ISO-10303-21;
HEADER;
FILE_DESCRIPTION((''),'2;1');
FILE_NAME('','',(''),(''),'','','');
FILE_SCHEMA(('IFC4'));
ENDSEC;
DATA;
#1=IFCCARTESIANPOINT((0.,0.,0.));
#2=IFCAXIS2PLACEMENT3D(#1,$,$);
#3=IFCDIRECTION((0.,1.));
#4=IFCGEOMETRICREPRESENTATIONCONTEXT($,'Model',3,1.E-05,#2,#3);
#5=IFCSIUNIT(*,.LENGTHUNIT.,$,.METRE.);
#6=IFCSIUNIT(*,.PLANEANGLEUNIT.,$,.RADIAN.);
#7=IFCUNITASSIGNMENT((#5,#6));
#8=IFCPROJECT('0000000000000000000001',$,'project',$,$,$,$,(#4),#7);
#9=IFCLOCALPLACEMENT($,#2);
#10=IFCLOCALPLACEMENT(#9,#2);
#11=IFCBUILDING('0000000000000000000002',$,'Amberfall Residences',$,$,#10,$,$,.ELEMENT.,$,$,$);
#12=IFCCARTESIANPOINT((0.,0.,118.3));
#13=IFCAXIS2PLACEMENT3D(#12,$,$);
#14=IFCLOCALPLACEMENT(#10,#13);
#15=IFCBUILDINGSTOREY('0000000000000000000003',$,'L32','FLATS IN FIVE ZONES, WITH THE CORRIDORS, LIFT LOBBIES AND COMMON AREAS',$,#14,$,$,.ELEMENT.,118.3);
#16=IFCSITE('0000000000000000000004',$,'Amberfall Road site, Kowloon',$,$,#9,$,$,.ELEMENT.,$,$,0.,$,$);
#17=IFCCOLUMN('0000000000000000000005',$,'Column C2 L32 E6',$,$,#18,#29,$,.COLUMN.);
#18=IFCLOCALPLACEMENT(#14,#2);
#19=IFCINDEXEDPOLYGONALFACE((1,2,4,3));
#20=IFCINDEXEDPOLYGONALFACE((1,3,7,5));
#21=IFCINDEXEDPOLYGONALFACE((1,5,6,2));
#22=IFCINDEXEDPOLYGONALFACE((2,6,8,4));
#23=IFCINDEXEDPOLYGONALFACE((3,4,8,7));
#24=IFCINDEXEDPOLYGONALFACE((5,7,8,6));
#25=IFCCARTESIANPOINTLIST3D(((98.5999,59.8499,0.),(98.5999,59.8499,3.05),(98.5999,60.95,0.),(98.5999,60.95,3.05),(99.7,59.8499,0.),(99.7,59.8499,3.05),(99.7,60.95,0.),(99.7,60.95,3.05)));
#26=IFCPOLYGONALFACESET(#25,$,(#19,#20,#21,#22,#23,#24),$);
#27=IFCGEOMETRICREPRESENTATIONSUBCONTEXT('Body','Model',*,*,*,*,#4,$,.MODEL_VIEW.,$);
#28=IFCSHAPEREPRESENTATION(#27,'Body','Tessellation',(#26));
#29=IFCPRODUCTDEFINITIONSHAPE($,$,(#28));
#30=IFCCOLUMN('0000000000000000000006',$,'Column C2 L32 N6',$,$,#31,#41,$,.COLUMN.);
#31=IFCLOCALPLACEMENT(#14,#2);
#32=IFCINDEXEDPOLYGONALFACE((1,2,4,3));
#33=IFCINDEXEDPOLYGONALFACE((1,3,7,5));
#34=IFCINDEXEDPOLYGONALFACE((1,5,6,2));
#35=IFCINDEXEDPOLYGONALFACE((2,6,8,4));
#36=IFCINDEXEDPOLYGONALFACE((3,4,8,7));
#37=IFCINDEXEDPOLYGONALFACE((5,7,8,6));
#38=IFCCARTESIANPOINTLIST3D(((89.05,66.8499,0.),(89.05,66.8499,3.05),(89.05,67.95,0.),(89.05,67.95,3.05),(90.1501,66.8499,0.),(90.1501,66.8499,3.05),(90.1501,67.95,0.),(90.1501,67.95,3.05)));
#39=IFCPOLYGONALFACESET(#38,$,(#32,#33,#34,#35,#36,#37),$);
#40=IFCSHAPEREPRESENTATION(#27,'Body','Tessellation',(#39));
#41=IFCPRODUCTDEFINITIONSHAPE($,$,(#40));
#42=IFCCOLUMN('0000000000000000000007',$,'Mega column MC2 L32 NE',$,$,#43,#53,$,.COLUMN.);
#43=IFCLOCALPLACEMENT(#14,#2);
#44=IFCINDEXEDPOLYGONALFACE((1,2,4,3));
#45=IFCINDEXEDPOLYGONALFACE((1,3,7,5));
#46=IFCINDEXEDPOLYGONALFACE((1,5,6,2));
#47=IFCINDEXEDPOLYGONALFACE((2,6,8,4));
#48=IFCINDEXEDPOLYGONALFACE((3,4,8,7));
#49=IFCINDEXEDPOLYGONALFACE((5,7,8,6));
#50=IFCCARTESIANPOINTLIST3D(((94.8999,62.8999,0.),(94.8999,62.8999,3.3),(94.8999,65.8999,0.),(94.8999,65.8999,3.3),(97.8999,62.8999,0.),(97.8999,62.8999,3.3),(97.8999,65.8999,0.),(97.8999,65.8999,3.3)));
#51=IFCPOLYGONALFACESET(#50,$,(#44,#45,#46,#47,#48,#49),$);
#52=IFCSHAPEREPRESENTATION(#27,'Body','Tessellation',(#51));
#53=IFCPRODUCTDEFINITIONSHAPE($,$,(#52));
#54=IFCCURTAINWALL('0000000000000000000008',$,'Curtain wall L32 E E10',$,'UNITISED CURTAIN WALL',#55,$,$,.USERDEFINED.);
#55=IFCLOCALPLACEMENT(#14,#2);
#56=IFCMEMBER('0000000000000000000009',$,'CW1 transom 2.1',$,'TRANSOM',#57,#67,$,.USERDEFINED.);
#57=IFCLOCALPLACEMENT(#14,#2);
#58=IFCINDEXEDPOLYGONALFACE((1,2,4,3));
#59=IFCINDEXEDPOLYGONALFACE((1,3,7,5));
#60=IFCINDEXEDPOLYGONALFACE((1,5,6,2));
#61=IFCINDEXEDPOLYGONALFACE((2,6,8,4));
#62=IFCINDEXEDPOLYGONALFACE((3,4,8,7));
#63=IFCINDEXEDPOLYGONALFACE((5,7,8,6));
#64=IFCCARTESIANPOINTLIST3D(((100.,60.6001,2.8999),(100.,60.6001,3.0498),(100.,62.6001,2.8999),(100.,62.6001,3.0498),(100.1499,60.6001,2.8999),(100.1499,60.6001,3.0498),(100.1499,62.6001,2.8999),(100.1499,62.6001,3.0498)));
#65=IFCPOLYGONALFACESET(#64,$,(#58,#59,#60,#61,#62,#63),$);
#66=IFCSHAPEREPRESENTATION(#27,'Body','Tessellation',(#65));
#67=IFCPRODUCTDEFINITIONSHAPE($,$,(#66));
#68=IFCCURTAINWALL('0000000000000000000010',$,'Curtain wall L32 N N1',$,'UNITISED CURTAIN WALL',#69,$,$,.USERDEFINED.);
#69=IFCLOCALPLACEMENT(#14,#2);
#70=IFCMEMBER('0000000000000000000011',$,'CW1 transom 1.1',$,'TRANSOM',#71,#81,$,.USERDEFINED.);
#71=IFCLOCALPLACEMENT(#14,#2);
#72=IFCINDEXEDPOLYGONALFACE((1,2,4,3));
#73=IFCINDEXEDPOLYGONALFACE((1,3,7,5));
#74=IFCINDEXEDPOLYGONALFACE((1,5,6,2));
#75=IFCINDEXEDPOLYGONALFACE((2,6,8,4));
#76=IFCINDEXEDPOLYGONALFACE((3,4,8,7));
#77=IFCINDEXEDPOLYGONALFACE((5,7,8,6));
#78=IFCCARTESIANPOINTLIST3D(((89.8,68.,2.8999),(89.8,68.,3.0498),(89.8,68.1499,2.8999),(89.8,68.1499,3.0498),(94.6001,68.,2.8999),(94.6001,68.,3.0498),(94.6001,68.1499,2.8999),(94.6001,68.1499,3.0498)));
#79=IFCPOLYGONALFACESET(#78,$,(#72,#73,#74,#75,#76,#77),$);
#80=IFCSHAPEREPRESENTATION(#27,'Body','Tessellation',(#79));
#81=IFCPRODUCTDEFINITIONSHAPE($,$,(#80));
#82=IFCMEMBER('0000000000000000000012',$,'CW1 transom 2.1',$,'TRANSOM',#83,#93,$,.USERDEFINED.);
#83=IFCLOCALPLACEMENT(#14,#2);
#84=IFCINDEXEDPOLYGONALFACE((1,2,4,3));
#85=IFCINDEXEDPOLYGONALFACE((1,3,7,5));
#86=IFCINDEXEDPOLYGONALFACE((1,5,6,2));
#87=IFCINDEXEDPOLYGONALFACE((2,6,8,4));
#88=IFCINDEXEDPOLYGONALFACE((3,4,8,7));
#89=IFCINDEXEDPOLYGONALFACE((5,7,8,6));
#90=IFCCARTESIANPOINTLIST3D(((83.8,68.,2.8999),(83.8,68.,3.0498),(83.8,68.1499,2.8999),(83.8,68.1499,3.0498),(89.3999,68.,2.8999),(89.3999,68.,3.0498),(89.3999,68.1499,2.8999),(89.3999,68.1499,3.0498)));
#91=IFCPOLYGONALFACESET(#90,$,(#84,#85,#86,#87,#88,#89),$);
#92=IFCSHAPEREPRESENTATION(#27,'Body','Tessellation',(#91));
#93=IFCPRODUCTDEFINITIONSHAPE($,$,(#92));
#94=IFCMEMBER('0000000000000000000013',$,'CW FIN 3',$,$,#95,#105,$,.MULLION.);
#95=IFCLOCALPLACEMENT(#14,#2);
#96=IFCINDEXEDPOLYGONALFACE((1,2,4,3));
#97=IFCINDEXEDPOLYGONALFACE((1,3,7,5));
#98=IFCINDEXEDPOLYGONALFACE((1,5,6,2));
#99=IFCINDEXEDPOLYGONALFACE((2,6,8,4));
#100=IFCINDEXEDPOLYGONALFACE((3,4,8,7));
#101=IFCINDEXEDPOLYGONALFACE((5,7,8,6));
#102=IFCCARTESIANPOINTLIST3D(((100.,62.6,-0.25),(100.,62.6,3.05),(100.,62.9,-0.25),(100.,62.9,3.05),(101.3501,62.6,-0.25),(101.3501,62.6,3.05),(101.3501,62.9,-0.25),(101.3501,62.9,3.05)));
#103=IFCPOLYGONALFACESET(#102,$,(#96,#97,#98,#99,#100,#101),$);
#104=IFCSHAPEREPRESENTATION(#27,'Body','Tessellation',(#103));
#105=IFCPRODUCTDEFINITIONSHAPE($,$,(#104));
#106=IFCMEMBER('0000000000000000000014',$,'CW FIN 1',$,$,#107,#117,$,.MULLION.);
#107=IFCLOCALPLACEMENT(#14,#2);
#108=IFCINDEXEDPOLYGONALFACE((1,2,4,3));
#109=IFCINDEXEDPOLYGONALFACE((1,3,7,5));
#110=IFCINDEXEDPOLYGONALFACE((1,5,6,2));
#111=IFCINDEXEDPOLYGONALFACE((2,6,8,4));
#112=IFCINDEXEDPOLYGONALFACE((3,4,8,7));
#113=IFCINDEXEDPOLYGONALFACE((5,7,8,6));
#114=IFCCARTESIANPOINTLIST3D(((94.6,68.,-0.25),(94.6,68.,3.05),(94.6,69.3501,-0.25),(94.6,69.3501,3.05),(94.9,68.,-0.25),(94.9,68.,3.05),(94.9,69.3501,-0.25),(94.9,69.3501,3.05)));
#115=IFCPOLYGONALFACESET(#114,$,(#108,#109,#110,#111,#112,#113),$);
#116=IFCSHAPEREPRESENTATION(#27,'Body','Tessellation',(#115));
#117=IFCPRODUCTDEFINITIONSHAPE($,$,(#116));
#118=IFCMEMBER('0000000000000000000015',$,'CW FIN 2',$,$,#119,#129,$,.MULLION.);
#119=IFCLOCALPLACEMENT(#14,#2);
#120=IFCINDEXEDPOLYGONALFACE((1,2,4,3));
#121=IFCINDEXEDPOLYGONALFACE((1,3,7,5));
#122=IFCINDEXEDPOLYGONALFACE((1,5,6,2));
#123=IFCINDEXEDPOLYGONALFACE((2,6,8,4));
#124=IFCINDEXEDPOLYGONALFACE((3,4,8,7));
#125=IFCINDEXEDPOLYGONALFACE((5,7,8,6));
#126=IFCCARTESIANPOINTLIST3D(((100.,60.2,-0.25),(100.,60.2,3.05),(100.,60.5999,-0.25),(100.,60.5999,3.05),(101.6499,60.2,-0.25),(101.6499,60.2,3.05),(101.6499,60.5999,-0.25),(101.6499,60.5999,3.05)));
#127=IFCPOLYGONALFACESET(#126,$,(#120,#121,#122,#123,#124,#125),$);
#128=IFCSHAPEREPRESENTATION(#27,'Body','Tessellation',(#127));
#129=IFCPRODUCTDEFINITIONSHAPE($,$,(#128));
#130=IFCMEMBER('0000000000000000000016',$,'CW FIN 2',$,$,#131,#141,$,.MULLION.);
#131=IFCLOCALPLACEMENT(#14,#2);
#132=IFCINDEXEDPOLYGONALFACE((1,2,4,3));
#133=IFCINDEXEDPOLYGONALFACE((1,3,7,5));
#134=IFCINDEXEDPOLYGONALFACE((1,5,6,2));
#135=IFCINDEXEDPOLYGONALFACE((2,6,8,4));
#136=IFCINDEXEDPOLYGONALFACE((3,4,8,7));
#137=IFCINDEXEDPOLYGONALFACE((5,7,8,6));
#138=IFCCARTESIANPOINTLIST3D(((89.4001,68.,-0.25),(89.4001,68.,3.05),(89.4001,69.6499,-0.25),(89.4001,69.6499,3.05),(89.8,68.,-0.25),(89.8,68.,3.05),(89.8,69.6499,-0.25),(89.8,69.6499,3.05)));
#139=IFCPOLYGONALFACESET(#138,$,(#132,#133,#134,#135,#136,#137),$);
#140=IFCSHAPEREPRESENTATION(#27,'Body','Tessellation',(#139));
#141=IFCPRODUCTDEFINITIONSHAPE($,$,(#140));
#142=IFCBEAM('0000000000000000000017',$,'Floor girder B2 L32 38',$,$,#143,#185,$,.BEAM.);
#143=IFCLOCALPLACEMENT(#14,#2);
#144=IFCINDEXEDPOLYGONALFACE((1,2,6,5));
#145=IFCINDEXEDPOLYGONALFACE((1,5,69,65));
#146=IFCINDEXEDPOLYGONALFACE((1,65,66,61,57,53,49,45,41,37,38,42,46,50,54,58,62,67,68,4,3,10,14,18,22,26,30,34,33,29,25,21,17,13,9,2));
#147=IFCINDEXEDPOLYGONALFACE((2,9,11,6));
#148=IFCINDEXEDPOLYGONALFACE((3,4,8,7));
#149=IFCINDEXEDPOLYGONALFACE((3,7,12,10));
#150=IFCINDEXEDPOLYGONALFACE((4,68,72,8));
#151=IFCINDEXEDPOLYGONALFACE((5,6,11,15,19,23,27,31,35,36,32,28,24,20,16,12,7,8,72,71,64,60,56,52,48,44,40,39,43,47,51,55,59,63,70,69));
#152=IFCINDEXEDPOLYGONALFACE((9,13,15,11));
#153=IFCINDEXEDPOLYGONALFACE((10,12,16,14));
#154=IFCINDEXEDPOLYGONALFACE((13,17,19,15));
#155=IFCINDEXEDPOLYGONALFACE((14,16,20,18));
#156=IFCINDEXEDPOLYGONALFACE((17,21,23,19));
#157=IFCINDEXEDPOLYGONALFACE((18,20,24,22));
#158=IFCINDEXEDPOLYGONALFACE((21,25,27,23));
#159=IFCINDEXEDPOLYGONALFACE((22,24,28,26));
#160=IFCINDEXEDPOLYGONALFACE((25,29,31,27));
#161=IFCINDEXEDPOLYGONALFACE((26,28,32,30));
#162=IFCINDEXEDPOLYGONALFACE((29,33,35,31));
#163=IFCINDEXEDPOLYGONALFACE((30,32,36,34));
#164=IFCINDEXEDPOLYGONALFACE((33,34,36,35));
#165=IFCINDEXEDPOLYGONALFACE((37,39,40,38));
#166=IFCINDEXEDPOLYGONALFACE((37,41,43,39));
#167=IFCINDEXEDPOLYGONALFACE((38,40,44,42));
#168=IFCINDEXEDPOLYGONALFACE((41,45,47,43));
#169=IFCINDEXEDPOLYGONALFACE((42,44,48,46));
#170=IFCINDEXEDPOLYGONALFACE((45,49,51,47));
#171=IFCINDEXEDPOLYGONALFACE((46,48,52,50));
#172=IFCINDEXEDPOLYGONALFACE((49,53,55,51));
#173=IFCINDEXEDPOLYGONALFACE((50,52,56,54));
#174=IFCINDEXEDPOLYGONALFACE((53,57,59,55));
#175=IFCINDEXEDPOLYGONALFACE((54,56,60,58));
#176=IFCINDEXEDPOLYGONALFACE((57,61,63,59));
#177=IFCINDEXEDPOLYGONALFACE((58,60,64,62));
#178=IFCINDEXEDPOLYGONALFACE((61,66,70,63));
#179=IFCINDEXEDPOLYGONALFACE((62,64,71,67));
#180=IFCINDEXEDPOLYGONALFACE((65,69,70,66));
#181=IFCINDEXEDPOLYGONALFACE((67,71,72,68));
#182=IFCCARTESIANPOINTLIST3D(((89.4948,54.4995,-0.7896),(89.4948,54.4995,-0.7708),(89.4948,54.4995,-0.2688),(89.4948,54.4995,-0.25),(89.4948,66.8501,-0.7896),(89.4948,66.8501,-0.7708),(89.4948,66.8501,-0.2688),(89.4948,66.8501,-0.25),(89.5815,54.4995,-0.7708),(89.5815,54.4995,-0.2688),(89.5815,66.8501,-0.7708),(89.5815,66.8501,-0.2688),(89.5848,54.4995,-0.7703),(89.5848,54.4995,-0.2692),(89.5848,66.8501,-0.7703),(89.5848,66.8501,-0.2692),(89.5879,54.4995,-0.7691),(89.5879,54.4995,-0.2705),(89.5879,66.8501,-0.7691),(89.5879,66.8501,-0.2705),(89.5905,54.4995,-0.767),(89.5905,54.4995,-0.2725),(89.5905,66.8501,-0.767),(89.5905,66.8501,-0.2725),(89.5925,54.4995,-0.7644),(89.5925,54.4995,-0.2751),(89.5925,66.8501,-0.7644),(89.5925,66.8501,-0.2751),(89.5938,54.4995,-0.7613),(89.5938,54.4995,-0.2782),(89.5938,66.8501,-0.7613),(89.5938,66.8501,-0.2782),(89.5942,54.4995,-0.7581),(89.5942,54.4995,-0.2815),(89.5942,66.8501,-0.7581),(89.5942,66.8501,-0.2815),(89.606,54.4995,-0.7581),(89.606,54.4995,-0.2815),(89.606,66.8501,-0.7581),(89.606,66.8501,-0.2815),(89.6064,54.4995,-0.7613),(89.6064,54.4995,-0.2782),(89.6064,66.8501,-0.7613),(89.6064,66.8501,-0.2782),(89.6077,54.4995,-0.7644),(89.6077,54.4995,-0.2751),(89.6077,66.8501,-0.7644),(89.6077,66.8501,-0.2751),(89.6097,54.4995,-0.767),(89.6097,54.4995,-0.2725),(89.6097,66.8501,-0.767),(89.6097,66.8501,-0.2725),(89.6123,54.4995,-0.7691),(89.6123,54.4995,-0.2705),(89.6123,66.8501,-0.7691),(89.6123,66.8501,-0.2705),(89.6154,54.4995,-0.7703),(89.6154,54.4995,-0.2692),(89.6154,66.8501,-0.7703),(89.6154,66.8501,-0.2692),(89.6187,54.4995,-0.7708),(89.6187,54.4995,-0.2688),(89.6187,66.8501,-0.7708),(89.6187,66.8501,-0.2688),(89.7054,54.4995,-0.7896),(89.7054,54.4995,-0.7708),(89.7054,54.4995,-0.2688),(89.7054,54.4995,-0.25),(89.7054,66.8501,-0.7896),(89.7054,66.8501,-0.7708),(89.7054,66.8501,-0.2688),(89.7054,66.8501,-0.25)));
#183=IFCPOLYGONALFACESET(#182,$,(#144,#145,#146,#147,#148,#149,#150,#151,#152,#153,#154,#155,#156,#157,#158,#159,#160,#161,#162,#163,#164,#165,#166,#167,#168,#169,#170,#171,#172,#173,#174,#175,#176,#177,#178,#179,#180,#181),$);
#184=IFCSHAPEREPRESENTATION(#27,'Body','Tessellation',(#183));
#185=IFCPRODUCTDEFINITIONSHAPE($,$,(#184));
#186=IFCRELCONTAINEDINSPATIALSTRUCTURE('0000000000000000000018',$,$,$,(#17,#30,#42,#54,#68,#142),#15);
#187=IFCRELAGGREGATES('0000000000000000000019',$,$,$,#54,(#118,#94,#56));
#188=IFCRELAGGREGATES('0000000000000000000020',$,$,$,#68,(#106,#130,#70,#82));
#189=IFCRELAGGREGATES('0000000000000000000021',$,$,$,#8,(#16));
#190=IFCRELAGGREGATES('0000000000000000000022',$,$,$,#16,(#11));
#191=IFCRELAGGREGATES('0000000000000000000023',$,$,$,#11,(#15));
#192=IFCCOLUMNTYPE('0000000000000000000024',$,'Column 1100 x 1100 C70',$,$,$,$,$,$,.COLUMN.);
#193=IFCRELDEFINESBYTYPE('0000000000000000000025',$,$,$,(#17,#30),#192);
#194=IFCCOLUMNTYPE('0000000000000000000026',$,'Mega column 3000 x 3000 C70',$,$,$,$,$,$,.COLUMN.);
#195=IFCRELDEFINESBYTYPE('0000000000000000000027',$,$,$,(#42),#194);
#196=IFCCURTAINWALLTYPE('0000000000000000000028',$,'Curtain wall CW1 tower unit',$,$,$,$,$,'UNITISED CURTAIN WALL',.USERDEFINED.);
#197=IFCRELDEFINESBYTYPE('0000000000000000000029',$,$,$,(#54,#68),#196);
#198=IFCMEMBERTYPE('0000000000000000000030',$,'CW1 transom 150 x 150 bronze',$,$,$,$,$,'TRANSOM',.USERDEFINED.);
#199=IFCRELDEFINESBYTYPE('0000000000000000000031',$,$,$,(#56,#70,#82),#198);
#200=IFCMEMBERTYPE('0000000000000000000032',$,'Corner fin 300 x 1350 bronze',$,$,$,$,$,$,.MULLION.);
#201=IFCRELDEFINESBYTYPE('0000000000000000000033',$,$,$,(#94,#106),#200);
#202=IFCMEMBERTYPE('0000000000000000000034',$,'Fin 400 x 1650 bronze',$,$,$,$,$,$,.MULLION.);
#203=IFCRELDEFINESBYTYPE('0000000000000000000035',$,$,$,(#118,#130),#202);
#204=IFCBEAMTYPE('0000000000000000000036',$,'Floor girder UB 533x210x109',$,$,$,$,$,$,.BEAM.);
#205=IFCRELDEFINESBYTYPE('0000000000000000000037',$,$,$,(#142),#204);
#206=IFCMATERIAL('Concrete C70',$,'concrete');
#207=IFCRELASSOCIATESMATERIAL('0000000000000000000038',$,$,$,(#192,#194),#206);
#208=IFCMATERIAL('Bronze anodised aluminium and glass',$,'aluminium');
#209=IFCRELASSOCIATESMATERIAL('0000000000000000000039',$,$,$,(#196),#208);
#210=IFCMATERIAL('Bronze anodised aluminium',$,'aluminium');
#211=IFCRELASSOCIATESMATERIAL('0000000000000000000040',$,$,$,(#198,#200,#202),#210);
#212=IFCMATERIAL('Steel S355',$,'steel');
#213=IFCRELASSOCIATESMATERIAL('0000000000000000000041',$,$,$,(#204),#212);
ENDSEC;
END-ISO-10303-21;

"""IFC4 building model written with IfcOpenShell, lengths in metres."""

from ifc_helpers import new_model, si_unit, direction, frame, origin, origin_2d, place, context, subcontext, project, spatial, rectangle, i_section, extrude, material, material_profile, profile_set, type_object, element, aggregate, save


model = new_model("IFC4")

# Units and contexts
model_context = context("Model", 3, precision=1e-05, world=origin(), true_north=direction((0.0, 1.0)))
body_context = subcontext(model_context, "Body", "Model", "MODEL_VIEW")
ifc_project = project(units=[si_unit("LENGTHUNIT", "METRE"), si_unit("PLANEANGLEUNIT", "RADIAN")], contexts=[model_context])

# Site, building, storey
site_placement = place(None, origin())
site = spatial("IfcSite", under=ifc_project, at=site_placement, Name="Amberfall Road site, Kowloon", CompositionType="ELEMENT", RefElevation=0.0)
building_placement = place(site_placement, origin())
building = spatial("IfcBuilding", under=site, at=building_placement, Name="Amberfall Residences", CompositionType="ELEMENT")
storey_placement = place(building_placement, frame((0.0, 0.0, 118.3)))
storey = spatial("IfcBuildingStorey", under=building, at=storey_placement, Name="L32", Description="FLATS IN FIVE ZONES, WITH THE CORRIDORS, LIFT LOBBIES AND COMMON AREAS", CompositionType="ELEMENT", Elevation=118.3)

# Columns
ifc_material_1 = material(Name="Concrete C70", Category="concrete")
ifc_material_profile_1 = material_profile(ifc_material_1, rectangle(XDim=1.1001, YDim=1.1001, at=origin_2d()), Name="Column 1100 x 1100 C70")
ifc_profile_set_1 = profile_set([ifc_material_profile_1], Name="Concrete C70")
column_type_1 = type_object("IfcColumnType", Name="Column 1100 x 1100 C70", PredefinedType="COLUMN", material=ifc_profile_set_1)
for number, where, z_axis, x_axis, name in (
    (1, (99.1499, 60.3999, 0.0), (0.0, 0.0, 1.0), (1.0, 0.0, 0.0), "Column C2 L32 E6"),
    (2, (89.6001, 67.3999, 0.0), (0.0, 0.0, 1.0), (1.0, 0.0, 0.0), "Column C2 L32 N6"),
):
    element("IfcColumn", number, at=place(storey_placement, frame(where, z_axis=z_axis, x_axis=x_axis)), inside=storey, type_object=column_type_1, Name=name, PredefinedType="COLUMN", context=body_context, shape_type="SweptSolid", body=[
        extrude(rectangle(XDim=1.1001, YDim=1.1001, at=origin_2d()), origin(), (0.0, 0.0, 1.0), 3.05),
    ])
ifc_material_profile_2 = material_profile(ifc_material_1, rectangle(XDim=3.0, YDim=3.0, at=origin_2d()), Name="Mega column 3000 x 3000 C70")
ifc_profile_set_2 = profile_set([ifc_material_profile_2], Name="Concrete C70")
column_type_2 = type_object("IfcColumnType", Name="Mega column 3000 x 3000 C70", PredefinedType="COLUMN", material=ifc_profile_set_2)
column_placement = place(storey_placement, frame((96.3999, 64.3999, 0.0), z_axis=(0.0, 0.0, 1.0), x_axis=(1.0, 0.0, 0.0)))
element("IfcColumn", 3, at=column_placement, inside=storey, type_object=column_type_2, Name="Mega column MC2 L32 NE", PredefinedType="COLUMN", context=body_context, shape_type="SweptSolid", body=[
    extrude(rectangle(XDim=3.0, YDim=3.0, at=origin_2d()), origin(), (0.0, 0.0, 1.0), 3.3),
])

# Curtain wall, member
ifc_material_2 = material(Name="Bronze anodised aluminium and glass", Category="aluminium")
curtain_wall_type = type_object("IfcCurtainWallType", Name="Curtain wall CW1 tower unit", ElementType="UNITISED CURTAIN WALL", PredefinedType="USERDEFINED", material=ifc_material_2)
curtain_wall_1_placement = place(storey_placement, origin())
curtain_wall_1 = element("IfcCurtainWall", 4, at=curtain_wall_1_placement, inside=storey, type_object=curtain_wall_type, Name="Curtain wall L32 E E10", ObjectType="UNITISED CURTAIN WALL", PredefinedType="USERDEFINED")
ifc_material_3 = material(Name="Bronze anodised aluminium", Category="aluminium")
ifc_material_profile_3 = material_profile(ifc_material_3, rectangle(XDim=0.1499, YDim=0.1499, at=origin_2d()), Name="CW1 transom 150 x 150 bronze")
ifc_profile_set_3 = profile_set([ifc_material_profile_3], Name="Bronze anodised aluminium")
member_type_1 = type_object("IfcMemberType", Name="CW1 transom 150 x 150 bronze", ElementType="TRANSOM", PredefinedType="USERDEFINED", material=ifc_profile_set_3)
member_1_placement = place(storey_placement, frame((100.075, 60.6001, 2.9749), z_axis=(0.0, 1.0, 0.0), x_axis=(-1.0, 0.0, 0.0)))
member_1 = element("IfcMember", 5, at=member_1_placement, type_object=member_type_1, Name="CW1 transom 2.1", ObjectType="TRANSOM", PredefinedType="USERDEFINED", context=body_context, shape_type="SweptSolid", body=[
    extrude(rectangle(XDim=0.1499, YDim=0.1499, at=origin_2d()), origin(), (0.0, 0.0, 1.0), 2.0),
])

# Curtain wall, members
curtain_wall_2_placement = place(storey_placement, origin())
curtain_wall_2 = element("IfcCurtainWall", 6, at=curtain_wall_2_placement, inside=storey, type_object=curtain_wall_type, Name="Curtain wall L32 N N1", ObjectType="UNITISED CURTAIN WALL", PredefinedType="USERDEFINED")
member_2_placement = place(storey_placement, frame((94.6001, 68.075, 2.9749), z_axis=(-1.0, 0.0, 0.0), x_axis=(0.0, -1.0, 0.0)))
member_2 = element("IfcMember", 7, at=member_2_placement, type_object=member_type_1, Name="CW1 transom 1.1", ObjectType="TRANSOM", PredefinedType="USERDEFINED", context=body_context, shape_type="SweptSolid", body=[
    extrude(rectangle(XDim=0.1499, YDim=0.1499, at=origin_2d()), origin(), (0.0, 0.0, 1.0), 4.8),
])
member_3_placement = place(storey_placement, frame((89.3999, 68.075, 2.9749), z_axis=(-1.0, 0.0, 0.0), x_axis=(0.0, -1.0, 0.0)))
member_3 = element("IfcMember", 8, at=member_3_placement, type_object=member_type_1, Name="CW1 transom 2.1", ObjectType="TRANSOM", PredefinedType="USERDEFINED", context=body_context, shape_type="SweptSolid", body=[
    extrude(rectangle(XDim=0.1499, YDim=0.1499, at=origin_2d()), origin(), (0.0, 0.0, 1.0), 5.5999),
])

# Members
ifc_material_profile_4 = material_profile(ifc_material_3, rectangle(XDim=1.3501, YDim=0.3, at=origin_2d()), Name="Corner fin 300 x 1350 bronze")
ifc_profile_set_4 = profile_set([ifc_material_profile_4], Name="Bronze anodised aluminium")
member_type_2 = type_object("IfcMemberType", Name="Corner fin 300 x 1350 bronze", PredefinedType="MULLION", material=ifc_profile_set_4)
member_4_placement = place(storey_placement, frame((100.675, 62.75, -0.25), z_axis=(0.0, 0.0, 1.0), x_axis=(-1.0, 0.0, 0.0)))
member_4 = element("IfcMember", 9, at=member_4_placement, type_object=member_type_2, Name="CW FIN 3", PredefinedType="MULLION", context=body_context, shape_type="SweptSolid", body=[
    extrude(rectangle(XDim=1.3501, YDim=0.3, at=origin_2d()), origin(), (0.0, 0.0, 1.0), 3.3),
])
member_5_placement = place(storey_placement, frame((94.75, 68.675, -0.25), z_axis=(0.0, 0.0, 1.0), x_axis=(0.0, -1.0, 0.0)))
member_5 = element("IfcMember", 10, at=member_5_placement, type_object=member_type_2, Name="CW FIN 1", PredefinedType="MULLION", context=body_context, shape_type="SweptSolid", body=[
    extrude(rectangle(XDim=1.3501, YDim=0.3, at=origin_2d()), origin(), (0.0, 0.0, 1.0), 3.3),
])
ifc_material_profile_5 = material_profile(ifc_material_3, rectangle(XDim=1.6499, YDim=0.3999, at=origin_2d()), Name="Fin 400 x 1650 bronze")
ifc_profile_set_5 = profile_set([ifc_material_profile_5], Name="Bronze anodised aluminium")
member_type_3 = type_object("IfcMemberType", Name="Fin 400 x 1650 bronze", PredefinedType="MULLION", material=ifc_profile_set_5)
member_6_placement = place(storey_placement, frame((100.825, 60.3999, -0.25), z_axis=(0.0, 0.0, 1.0), x_axis=(-1.0, 0.0, 0.0)))
member_6 = element("IfcMember", 11, at=member_6_placement, type_object=member_type_3, Name="CW FIN 2", PredefinedType="MULLION", context=body_context, shape_type="SweptSolid", body=[
    extrude(rectangle(XDim=1.6499, YDim=0.3999, at=origin_2d()), origin(), (0.0, 0.0, 1.0), 3.3),
])
member_7_placement = place(storey_placement, frame((89.6001, 68.825, -0.25), z_axis=(0.0, 0.0, 1.0), x_axis=(0.0, -1.0, 0.0)))
member_7 = element("IfcMember", 12, at=member_7_placement, type_object=member_type_3, Name="CW FIN 2", PredefinedType="MULLION", context=body_context, shape_type="SweptSolid", body=[
    extrude(rectangle(XDim=1.6499, YDim=0.3999, at=origin_2d()), origin(), (0.0, 0.0, 1.0), 3.3),
])

# Beam
ifc_material_4 = material(Name="Steel S355", Category="steel")
ifc_material_profile_6 = material_profile(ifc_material_4, i_section(OverallWidth=0.2107, OverallDepth=0.5396, WebThickness=0.0117, FlangeThickness=0.0188, FilletRadius=0.0127, at=origin_2d()), Name="UB 533x210x109")
ifc_profile_set_6 = profile_set([ifc_material_profile_6], Name="Steel S355")
beam_type_1 = type_object("IfcBeamType", Name="Floor girder UB 533x210x109", PredefinedType="BEAM", material=ifc_profile_set_6)
beam_1_placement = place(storey_placement, frame((89.6001, 66.8501, -0.5198), z_axis=(0.0, -1.0, 0.0), x_axis=(1.0, 0.0, 0.0)))
element("IfcBeam", 13, at=beam_1_placement, inside=storey, type_object=beam_type_1, Name="Floor girder B2 L32 38", PredefinedType="BEAM", context=body_context, shape_type="SweptSolid", body=[
    extrude(i_section(OverallWidth=0.2107, OverallDepth=0.5396, WebThickness=0.0117, FlangeThickness=0.0188, FilletRadius=0.0127, at=origin_2d()), origin(), (0.0, 0.0, 1.0), 12.3506),
])

aggregate(curtain_wall_1, [member_6, member_4, member_1])
aggregate(curtain_wall_2, [member_5, member_7, member_2, member_3])

save(model, "model.ifc")
